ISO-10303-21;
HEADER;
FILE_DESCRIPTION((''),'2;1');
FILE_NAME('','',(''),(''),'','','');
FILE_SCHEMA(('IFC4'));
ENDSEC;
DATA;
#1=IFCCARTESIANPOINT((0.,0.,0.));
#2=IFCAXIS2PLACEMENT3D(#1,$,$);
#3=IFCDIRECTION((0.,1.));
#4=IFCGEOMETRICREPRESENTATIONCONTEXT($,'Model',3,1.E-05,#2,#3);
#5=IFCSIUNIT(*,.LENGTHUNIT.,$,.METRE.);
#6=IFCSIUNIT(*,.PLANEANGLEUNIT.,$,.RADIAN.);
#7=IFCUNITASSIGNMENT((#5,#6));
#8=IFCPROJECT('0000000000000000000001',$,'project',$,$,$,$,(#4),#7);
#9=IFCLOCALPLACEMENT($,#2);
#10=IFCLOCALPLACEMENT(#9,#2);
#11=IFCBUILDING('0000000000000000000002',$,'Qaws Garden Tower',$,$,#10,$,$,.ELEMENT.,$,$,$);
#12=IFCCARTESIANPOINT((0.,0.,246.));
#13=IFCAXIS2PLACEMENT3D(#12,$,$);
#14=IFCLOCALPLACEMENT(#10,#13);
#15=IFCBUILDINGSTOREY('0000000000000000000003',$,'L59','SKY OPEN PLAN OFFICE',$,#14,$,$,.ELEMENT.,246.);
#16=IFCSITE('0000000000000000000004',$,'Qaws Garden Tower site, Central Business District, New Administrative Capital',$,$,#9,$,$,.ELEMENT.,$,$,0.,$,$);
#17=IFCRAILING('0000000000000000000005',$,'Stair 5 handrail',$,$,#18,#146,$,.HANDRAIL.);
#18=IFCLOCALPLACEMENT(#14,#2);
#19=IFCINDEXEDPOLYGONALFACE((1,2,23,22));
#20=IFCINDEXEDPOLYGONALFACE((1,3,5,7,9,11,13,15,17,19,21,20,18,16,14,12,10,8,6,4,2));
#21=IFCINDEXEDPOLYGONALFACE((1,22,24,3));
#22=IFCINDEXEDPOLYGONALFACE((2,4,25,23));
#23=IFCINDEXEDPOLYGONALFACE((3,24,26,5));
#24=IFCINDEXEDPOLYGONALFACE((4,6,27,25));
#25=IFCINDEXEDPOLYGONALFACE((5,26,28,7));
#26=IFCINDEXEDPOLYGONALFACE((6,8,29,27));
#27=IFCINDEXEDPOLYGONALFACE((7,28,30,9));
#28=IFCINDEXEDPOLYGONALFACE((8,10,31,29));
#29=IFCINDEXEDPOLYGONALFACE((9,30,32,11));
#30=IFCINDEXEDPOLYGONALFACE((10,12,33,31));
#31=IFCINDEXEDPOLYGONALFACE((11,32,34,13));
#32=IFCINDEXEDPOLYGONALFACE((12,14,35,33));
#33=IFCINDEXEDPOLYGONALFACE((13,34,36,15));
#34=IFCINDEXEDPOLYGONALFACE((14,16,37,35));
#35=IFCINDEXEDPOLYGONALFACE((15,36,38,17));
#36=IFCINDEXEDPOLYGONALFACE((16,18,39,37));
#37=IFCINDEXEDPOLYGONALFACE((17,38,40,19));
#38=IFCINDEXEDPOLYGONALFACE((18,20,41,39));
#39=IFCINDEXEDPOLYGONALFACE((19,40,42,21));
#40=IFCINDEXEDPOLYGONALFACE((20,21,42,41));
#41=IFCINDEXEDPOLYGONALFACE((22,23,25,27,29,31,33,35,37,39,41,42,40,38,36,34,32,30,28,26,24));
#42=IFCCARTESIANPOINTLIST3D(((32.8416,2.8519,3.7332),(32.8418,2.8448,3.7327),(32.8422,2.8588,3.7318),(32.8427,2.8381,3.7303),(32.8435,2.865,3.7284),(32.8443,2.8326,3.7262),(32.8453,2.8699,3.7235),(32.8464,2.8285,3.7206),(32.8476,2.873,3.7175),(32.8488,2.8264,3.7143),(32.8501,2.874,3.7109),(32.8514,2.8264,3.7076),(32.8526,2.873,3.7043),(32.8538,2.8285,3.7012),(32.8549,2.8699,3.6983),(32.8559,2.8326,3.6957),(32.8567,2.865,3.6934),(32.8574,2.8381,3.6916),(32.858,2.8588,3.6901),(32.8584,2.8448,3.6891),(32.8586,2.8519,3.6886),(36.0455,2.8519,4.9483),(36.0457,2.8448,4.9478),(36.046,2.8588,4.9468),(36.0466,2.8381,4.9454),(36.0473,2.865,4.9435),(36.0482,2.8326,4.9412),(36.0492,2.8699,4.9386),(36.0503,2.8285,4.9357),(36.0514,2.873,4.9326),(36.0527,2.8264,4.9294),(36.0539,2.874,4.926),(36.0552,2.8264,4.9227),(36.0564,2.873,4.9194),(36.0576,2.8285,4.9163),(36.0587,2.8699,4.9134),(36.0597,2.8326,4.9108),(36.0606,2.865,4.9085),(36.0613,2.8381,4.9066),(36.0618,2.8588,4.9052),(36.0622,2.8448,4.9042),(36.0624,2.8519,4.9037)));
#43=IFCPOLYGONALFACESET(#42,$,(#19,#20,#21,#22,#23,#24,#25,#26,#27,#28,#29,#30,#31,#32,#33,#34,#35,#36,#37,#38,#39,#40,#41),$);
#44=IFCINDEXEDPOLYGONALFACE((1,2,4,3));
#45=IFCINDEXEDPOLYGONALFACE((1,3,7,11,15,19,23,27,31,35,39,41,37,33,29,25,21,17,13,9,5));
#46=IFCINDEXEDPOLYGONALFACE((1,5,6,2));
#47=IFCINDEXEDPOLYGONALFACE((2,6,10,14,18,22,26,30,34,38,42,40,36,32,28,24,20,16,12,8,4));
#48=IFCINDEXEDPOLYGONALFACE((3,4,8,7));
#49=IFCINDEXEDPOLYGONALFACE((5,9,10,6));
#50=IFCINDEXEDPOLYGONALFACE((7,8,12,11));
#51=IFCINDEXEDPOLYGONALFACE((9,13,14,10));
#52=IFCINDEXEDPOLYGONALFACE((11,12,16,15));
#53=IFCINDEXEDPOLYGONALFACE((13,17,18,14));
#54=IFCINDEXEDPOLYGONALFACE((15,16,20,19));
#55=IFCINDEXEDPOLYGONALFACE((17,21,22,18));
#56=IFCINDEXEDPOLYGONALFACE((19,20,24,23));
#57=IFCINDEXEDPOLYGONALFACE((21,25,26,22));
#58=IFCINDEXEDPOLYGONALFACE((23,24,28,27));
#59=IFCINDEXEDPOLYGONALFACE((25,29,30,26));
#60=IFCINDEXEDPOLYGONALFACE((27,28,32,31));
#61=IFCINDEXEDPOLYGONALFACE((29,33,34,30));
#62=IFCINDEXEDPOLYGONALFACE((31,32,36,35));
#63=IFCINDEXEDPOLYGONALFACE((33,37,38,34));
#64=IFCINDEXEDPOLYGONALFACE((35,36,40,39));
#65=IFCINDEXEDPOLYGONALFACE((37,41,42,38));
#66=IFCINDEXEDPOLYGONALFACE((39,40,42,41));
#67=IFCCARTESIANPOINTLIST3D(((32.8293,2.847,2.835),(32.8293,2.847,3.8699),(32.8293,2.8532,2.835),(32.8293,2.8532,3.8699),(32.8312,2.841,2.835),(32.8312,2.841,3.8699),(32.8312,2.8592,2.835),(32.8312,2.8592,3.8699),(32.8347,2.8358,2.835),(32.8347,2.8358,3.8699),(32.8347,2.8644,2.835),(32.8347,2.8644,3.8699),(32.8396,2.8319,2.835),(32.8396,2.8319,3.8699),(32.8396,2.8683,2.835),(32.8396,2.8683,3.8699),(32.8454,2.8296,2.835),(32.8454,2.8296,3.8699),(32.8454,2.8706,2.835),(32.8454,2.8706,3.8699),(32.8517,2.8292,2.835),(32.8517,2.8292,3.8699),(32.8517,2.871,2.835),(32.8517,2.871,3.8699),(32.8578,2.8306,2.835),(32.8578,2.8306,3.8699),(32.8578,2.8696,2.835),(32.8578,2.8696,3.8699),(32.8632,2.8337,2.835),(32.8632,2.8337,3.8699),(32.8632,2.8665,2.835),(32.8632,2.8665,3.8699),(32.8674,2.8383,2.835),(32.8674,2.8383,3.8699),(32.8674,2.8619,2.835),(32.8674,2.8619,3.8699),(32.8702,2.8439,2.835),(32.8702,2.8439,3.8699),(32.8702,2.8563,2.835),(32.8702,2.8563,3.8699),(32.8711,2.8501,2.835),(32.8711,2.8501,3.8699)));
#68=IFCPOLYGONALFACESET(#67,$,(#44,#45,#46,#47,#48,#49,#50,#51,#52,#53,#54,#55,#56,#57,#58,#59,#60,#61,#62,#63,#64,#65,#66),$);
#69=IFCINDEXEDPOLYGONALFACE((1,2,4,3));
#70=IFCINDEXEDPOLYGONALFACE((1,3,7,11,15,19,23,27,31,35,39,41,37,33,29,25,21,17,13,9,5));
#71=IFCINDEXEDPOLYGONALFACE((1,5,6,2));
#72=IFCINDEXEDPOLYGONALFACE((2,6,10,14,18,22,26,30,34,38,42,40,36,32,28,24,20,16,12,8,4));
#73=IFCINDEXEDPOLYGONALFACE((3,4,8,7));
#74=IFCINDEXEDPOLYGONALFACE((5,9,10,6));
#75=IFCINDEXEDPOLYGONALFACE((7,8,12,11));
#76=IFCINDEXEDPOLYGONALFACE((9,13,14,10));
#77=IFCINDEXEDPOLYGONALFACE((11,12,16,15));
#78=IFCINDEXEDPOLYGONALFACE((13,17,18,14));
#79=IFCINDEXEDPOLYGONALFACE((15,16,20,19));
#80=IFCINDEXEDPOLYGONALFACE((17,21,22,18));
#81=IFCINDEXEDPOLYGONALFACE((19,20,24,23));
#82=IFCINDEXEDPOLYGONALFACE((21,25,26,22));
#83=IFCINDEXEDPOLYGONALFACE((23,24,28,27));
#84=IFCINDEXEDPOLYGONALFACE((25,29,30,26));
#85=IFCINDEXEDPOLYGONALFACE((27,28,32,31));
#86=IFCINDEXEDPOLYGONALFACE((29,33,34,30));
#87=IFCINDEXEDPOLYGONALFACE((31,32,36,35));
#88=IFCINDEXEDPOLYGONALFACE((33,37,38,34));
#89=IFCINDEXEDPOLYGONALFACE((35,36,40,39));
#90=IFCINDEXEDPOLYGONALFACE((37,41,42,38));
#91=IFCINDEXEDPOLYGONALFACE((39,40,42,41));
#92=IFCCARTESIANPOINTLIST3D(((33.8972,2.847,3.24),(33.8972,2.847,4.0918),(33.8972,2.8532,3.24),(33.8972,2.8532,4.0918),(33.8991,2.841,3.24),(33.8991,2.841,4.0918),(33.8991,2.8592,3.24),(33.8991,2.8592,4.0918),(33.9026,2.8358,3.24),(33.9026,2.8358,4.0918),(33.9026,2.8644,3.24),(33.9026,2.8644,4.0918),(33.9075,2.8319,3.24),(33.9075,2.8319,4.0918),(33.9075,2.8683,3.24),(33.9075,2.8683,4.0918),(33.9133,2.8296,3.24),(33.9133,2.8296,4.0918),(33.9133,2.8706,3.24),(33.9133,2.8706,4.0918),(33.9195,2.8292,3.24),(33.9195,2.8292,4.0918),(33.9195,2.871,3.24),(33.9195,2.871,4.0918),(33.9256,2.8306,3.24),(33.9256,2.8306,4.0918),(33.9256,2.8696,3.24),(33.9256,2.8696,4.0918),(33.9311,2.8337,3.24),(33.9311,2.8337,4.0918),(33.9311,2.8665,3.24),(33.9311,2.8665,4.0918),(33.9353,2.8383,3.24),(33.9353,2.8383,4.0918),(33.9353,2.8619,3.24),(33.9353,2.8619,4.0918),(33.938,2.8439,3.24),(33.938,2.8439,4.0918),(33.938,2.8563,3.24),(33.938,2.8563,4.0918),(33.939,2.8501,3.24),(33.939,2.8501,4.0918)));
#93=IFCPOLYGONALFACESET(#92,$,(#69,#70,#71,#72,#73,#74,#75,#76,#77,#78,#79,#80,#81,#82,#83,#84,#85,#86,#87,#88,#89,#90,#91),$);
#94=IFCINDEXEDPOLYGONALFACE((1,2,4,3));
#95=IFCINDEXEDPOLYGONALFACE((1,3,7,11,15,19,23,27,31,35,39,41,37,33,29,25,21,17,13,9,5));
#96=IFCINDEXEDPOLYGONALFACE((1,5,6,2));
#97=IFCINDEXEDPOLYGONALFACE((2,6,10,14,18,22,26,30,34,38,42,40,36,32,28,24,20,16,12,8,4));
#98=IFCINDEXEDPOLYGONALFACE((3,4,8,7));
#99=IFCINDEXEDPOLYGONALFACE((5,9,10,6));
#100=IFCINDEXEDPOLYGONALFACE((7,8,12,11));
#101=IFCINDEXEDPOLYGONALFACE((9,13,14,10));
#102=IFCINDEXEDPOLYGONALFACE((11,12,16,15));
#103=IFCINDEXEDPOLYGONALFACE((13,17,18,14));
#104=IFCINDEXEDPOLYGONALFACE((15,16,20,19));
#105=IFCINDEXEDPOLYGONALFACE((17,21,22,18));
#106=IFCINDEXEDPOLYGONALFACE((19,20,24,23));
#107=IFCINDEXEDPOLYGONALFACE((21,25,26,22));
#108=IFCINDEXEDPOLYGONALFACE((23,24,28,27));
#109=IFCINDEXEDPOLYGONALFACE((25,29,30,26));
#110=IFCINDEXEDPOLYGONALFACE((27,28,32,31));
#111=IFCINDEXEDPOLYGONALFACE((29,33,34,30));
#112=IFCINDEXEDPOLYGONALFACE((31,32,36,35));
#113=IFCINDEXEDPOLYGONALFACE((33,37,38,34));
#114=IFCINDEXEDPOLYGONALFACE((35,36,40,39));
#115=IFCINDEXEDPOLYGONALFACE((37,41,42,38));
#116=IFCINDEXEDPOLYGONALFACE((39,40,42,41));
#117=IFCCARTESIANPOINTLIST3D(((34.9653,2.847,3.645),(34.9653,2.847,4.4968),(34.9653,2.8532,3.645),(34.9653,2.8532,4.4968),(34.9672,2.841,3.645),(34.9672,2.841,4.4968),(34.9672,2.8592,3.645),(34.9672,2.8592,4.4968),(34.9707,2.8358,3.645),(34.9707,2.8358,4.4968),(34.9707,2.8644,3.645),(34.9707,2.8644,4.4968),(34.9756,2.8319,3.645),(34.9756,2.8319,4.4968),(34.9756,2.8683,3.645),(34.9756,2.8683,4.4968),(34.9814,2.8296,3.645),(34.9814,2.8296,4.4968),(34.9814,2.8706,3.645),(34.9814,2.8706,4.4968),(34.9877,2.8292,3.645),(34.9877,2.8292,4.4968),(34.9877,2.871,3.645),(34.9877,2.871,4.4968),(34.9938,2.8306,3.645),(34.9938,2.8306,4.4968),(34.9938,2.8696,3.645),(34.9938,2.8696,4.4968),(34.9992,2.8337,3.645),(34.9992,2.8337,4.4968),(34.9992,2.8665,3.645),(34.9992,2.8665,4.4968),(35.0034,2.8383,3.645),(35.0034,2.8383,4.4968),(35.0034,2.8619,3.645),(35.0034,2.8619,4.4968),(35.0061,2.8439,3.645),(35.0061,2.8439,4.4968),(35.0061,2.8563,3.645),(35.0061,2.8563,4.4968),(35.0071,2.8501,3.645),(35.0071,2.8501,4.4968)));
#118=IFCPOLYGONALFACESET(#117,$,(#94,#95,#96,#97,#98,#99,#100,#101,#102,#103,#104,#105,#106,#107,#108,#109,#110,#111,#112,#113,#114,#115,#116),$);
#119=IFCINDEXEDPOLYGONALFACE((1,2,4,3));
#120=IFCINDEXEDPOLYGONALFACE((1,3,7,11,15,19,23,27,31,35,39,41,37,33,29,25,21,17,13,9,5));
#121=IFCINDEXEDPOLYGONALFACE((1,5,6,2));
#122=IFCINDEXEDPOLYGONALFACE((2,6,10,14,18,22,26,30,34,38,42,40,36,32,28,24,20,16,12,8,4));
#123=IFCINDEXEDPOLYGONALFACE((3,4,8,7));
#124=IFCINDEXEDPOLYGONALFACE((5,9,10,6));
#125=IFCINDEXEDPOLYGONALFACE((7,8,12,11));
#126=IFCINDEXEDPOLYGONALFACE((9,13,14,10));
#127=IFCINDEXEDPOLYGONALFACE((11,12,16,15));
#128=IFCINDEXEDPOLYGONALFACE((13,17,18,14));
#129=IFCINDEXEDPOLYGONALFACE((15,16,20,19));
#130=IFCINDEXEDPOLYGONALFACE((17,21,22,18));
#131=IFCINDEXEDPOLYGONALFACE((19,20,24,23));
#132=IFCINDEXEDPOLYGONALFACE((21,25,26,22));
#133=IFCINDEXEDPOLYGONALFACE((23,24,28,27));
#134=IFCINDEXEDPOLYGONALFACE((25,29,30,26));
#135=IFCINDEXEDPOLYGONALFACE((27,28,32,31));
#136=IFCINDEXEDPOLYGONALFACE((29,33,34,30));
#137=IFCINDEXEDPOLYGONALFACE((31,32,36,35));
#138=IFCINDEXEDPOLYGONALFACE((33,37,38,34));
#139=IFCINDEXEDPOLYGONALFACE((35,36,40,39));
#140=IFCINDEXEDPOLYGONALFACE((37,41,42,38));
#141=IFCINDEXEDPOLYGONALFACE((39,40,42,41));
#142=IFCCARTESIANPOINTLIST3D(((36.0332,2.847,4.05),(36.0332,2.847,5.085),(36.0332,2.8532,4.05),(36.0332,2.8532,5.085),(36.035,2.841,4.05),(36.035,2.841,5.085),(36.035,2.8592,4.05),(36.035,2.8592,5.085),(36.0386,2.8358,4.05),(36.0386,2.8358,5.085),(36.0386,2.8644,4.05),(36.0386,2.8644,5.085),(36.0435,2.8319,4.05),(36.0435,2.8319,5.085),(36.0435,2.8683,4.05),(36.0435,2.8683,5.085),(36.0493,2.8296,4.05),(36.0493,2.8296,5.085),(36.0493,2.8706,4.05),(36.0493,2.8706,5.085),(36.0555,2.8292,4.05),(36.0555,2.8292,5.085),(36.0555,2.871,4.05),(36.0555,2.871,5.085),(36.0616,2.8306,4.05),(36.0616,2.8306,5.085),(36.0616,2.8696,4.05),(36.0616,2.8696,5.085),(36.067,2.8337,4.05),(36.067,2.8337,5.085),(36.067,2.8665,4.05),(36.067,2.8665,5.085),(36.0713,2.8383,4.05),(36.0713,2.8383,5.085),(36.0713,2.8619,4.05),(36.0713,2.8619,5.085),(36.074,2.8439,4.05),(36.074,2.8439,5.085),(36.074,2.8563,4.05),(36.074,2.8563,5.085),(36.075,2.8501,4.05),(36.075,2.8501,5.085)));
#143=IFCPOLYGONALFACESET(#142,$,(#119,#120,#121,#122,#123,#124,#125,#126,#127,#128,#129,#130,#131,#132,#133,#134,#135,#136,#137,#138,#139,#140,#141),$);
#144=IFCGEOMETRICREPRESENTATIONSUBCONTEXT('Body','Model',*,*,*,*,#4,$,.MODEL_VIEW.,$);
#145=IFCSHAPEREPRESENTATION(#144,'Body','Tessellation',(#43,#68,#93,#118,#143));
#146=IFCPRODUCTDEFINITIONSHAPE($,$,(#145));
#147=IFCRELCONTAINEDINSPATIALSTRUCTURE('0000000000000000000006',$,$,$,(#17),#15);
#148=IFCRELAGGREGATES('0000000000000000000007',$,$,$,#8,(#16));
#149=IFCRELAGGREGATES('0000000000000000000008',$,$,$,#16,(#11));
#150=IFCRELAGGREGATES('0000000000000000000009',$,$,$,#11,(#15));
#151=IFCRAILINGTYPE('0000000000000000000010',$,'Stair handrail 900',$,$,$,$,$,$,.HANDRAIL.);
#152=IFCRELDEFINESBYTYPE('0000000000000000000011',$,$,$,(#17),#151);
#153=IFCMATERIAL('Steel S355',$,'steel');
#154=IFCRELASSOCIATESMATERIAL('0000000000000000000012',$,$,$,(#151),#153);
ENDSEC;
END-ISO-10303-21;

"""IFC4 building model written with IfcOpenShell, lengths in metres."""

from ifc_helpers import new_model, si_unit, direction, frame, origin, origin_2d, place, context, subcontext, project, spatial, circle, extrude, material, type_object, element, save


model = new_model("IFC4")

# Units and contexts
model_context = context("Model", 3, precision=1e-05, world=origin(), true_north=direction((0.0, 1.0)))
body_context = subcontext(model_context, "Body", "Model", "MODEL_VIEW")
ifc_project = project(units=[si_unit("LENGTHUNIT", "METRE"), si_unit("PLANEANGLEUNIT", "RADIAN")], contexts=[model_context])

# Site, building, storey
site_placement = place(None, origin())
site = spatial("IfcSite", under=ifc_project, at=site_placement, Name="Qaws Garden Tower site, Central Business District, New Administrative Capital", CompositionType="ELEMENT", RefElevation=0.0)
building_placement = place(site_placement, origin())
building = spatial("IfcBuilding", under=site, at=building_placement, Name="Qaws Garden Tower", CompositionType="ELEMENT")
storey_placement = place(building_placement, frame((0.0, 0.0, 246.0)))
storey = spatial("IfcBuildingStorey", under=building, at=storey_placement, Name="L59", Description="SKY OPEN PLAN OFFICE", CompositionType="ELEMENT", Elevation=246.0)

# Railing
ifc_material_1 = material(Name="Steel S355", Category="steel")
railing_type = type_object("IfcRailingType", Name="Stair handrail 900", PredefinedType="HANDRAIL", material=ifc_material_1)
for number, where, name in (
    (1, (32.8501, 2.8501, 2.835), "Stair 5 handrail"),
):
    element("IfcRailing", number, at=place(storey_placement, frame(where)), inside=storey, type_object=railing_type, Name=name, PredefinedType="HANDRAIL", context=body_context, shape_type="SweptSolid", body=[
        extrude(circle(Radius=0.0239, at=origin_2d()), frame((0.0, 0.0, 0.876), z_axis=(0.935014, 0.0, 0.354611), x_axis=(0.0, 1.0, 0.0)), (0.0, 0.0, 1.0), 3.4265),
        extrude(circle(Radius=0.021, at=origin_2d()), origin(), (0.0, 0.0, 1.0), 1.0349),
        extrude(circle(Radius=0.021, at=origin_2d()), frame((1.0679, 0.0, 0.405)), (0.0, 0.0, 1.0), 0.8518),
        extrude(circle(Radius=0.021, at=origin_2d()), frame((2.136, 0.0, 0.8101)), (0.0, 0.0, 1.0), 0.8518),
        extrude(circle(Radius=0.021, at=origin_2d()), frame((3.2039, 0.0, 1.2151)), (0.0, 0.0, 1.0), 1.0349),
    ])

save(model, "model.ifc")
